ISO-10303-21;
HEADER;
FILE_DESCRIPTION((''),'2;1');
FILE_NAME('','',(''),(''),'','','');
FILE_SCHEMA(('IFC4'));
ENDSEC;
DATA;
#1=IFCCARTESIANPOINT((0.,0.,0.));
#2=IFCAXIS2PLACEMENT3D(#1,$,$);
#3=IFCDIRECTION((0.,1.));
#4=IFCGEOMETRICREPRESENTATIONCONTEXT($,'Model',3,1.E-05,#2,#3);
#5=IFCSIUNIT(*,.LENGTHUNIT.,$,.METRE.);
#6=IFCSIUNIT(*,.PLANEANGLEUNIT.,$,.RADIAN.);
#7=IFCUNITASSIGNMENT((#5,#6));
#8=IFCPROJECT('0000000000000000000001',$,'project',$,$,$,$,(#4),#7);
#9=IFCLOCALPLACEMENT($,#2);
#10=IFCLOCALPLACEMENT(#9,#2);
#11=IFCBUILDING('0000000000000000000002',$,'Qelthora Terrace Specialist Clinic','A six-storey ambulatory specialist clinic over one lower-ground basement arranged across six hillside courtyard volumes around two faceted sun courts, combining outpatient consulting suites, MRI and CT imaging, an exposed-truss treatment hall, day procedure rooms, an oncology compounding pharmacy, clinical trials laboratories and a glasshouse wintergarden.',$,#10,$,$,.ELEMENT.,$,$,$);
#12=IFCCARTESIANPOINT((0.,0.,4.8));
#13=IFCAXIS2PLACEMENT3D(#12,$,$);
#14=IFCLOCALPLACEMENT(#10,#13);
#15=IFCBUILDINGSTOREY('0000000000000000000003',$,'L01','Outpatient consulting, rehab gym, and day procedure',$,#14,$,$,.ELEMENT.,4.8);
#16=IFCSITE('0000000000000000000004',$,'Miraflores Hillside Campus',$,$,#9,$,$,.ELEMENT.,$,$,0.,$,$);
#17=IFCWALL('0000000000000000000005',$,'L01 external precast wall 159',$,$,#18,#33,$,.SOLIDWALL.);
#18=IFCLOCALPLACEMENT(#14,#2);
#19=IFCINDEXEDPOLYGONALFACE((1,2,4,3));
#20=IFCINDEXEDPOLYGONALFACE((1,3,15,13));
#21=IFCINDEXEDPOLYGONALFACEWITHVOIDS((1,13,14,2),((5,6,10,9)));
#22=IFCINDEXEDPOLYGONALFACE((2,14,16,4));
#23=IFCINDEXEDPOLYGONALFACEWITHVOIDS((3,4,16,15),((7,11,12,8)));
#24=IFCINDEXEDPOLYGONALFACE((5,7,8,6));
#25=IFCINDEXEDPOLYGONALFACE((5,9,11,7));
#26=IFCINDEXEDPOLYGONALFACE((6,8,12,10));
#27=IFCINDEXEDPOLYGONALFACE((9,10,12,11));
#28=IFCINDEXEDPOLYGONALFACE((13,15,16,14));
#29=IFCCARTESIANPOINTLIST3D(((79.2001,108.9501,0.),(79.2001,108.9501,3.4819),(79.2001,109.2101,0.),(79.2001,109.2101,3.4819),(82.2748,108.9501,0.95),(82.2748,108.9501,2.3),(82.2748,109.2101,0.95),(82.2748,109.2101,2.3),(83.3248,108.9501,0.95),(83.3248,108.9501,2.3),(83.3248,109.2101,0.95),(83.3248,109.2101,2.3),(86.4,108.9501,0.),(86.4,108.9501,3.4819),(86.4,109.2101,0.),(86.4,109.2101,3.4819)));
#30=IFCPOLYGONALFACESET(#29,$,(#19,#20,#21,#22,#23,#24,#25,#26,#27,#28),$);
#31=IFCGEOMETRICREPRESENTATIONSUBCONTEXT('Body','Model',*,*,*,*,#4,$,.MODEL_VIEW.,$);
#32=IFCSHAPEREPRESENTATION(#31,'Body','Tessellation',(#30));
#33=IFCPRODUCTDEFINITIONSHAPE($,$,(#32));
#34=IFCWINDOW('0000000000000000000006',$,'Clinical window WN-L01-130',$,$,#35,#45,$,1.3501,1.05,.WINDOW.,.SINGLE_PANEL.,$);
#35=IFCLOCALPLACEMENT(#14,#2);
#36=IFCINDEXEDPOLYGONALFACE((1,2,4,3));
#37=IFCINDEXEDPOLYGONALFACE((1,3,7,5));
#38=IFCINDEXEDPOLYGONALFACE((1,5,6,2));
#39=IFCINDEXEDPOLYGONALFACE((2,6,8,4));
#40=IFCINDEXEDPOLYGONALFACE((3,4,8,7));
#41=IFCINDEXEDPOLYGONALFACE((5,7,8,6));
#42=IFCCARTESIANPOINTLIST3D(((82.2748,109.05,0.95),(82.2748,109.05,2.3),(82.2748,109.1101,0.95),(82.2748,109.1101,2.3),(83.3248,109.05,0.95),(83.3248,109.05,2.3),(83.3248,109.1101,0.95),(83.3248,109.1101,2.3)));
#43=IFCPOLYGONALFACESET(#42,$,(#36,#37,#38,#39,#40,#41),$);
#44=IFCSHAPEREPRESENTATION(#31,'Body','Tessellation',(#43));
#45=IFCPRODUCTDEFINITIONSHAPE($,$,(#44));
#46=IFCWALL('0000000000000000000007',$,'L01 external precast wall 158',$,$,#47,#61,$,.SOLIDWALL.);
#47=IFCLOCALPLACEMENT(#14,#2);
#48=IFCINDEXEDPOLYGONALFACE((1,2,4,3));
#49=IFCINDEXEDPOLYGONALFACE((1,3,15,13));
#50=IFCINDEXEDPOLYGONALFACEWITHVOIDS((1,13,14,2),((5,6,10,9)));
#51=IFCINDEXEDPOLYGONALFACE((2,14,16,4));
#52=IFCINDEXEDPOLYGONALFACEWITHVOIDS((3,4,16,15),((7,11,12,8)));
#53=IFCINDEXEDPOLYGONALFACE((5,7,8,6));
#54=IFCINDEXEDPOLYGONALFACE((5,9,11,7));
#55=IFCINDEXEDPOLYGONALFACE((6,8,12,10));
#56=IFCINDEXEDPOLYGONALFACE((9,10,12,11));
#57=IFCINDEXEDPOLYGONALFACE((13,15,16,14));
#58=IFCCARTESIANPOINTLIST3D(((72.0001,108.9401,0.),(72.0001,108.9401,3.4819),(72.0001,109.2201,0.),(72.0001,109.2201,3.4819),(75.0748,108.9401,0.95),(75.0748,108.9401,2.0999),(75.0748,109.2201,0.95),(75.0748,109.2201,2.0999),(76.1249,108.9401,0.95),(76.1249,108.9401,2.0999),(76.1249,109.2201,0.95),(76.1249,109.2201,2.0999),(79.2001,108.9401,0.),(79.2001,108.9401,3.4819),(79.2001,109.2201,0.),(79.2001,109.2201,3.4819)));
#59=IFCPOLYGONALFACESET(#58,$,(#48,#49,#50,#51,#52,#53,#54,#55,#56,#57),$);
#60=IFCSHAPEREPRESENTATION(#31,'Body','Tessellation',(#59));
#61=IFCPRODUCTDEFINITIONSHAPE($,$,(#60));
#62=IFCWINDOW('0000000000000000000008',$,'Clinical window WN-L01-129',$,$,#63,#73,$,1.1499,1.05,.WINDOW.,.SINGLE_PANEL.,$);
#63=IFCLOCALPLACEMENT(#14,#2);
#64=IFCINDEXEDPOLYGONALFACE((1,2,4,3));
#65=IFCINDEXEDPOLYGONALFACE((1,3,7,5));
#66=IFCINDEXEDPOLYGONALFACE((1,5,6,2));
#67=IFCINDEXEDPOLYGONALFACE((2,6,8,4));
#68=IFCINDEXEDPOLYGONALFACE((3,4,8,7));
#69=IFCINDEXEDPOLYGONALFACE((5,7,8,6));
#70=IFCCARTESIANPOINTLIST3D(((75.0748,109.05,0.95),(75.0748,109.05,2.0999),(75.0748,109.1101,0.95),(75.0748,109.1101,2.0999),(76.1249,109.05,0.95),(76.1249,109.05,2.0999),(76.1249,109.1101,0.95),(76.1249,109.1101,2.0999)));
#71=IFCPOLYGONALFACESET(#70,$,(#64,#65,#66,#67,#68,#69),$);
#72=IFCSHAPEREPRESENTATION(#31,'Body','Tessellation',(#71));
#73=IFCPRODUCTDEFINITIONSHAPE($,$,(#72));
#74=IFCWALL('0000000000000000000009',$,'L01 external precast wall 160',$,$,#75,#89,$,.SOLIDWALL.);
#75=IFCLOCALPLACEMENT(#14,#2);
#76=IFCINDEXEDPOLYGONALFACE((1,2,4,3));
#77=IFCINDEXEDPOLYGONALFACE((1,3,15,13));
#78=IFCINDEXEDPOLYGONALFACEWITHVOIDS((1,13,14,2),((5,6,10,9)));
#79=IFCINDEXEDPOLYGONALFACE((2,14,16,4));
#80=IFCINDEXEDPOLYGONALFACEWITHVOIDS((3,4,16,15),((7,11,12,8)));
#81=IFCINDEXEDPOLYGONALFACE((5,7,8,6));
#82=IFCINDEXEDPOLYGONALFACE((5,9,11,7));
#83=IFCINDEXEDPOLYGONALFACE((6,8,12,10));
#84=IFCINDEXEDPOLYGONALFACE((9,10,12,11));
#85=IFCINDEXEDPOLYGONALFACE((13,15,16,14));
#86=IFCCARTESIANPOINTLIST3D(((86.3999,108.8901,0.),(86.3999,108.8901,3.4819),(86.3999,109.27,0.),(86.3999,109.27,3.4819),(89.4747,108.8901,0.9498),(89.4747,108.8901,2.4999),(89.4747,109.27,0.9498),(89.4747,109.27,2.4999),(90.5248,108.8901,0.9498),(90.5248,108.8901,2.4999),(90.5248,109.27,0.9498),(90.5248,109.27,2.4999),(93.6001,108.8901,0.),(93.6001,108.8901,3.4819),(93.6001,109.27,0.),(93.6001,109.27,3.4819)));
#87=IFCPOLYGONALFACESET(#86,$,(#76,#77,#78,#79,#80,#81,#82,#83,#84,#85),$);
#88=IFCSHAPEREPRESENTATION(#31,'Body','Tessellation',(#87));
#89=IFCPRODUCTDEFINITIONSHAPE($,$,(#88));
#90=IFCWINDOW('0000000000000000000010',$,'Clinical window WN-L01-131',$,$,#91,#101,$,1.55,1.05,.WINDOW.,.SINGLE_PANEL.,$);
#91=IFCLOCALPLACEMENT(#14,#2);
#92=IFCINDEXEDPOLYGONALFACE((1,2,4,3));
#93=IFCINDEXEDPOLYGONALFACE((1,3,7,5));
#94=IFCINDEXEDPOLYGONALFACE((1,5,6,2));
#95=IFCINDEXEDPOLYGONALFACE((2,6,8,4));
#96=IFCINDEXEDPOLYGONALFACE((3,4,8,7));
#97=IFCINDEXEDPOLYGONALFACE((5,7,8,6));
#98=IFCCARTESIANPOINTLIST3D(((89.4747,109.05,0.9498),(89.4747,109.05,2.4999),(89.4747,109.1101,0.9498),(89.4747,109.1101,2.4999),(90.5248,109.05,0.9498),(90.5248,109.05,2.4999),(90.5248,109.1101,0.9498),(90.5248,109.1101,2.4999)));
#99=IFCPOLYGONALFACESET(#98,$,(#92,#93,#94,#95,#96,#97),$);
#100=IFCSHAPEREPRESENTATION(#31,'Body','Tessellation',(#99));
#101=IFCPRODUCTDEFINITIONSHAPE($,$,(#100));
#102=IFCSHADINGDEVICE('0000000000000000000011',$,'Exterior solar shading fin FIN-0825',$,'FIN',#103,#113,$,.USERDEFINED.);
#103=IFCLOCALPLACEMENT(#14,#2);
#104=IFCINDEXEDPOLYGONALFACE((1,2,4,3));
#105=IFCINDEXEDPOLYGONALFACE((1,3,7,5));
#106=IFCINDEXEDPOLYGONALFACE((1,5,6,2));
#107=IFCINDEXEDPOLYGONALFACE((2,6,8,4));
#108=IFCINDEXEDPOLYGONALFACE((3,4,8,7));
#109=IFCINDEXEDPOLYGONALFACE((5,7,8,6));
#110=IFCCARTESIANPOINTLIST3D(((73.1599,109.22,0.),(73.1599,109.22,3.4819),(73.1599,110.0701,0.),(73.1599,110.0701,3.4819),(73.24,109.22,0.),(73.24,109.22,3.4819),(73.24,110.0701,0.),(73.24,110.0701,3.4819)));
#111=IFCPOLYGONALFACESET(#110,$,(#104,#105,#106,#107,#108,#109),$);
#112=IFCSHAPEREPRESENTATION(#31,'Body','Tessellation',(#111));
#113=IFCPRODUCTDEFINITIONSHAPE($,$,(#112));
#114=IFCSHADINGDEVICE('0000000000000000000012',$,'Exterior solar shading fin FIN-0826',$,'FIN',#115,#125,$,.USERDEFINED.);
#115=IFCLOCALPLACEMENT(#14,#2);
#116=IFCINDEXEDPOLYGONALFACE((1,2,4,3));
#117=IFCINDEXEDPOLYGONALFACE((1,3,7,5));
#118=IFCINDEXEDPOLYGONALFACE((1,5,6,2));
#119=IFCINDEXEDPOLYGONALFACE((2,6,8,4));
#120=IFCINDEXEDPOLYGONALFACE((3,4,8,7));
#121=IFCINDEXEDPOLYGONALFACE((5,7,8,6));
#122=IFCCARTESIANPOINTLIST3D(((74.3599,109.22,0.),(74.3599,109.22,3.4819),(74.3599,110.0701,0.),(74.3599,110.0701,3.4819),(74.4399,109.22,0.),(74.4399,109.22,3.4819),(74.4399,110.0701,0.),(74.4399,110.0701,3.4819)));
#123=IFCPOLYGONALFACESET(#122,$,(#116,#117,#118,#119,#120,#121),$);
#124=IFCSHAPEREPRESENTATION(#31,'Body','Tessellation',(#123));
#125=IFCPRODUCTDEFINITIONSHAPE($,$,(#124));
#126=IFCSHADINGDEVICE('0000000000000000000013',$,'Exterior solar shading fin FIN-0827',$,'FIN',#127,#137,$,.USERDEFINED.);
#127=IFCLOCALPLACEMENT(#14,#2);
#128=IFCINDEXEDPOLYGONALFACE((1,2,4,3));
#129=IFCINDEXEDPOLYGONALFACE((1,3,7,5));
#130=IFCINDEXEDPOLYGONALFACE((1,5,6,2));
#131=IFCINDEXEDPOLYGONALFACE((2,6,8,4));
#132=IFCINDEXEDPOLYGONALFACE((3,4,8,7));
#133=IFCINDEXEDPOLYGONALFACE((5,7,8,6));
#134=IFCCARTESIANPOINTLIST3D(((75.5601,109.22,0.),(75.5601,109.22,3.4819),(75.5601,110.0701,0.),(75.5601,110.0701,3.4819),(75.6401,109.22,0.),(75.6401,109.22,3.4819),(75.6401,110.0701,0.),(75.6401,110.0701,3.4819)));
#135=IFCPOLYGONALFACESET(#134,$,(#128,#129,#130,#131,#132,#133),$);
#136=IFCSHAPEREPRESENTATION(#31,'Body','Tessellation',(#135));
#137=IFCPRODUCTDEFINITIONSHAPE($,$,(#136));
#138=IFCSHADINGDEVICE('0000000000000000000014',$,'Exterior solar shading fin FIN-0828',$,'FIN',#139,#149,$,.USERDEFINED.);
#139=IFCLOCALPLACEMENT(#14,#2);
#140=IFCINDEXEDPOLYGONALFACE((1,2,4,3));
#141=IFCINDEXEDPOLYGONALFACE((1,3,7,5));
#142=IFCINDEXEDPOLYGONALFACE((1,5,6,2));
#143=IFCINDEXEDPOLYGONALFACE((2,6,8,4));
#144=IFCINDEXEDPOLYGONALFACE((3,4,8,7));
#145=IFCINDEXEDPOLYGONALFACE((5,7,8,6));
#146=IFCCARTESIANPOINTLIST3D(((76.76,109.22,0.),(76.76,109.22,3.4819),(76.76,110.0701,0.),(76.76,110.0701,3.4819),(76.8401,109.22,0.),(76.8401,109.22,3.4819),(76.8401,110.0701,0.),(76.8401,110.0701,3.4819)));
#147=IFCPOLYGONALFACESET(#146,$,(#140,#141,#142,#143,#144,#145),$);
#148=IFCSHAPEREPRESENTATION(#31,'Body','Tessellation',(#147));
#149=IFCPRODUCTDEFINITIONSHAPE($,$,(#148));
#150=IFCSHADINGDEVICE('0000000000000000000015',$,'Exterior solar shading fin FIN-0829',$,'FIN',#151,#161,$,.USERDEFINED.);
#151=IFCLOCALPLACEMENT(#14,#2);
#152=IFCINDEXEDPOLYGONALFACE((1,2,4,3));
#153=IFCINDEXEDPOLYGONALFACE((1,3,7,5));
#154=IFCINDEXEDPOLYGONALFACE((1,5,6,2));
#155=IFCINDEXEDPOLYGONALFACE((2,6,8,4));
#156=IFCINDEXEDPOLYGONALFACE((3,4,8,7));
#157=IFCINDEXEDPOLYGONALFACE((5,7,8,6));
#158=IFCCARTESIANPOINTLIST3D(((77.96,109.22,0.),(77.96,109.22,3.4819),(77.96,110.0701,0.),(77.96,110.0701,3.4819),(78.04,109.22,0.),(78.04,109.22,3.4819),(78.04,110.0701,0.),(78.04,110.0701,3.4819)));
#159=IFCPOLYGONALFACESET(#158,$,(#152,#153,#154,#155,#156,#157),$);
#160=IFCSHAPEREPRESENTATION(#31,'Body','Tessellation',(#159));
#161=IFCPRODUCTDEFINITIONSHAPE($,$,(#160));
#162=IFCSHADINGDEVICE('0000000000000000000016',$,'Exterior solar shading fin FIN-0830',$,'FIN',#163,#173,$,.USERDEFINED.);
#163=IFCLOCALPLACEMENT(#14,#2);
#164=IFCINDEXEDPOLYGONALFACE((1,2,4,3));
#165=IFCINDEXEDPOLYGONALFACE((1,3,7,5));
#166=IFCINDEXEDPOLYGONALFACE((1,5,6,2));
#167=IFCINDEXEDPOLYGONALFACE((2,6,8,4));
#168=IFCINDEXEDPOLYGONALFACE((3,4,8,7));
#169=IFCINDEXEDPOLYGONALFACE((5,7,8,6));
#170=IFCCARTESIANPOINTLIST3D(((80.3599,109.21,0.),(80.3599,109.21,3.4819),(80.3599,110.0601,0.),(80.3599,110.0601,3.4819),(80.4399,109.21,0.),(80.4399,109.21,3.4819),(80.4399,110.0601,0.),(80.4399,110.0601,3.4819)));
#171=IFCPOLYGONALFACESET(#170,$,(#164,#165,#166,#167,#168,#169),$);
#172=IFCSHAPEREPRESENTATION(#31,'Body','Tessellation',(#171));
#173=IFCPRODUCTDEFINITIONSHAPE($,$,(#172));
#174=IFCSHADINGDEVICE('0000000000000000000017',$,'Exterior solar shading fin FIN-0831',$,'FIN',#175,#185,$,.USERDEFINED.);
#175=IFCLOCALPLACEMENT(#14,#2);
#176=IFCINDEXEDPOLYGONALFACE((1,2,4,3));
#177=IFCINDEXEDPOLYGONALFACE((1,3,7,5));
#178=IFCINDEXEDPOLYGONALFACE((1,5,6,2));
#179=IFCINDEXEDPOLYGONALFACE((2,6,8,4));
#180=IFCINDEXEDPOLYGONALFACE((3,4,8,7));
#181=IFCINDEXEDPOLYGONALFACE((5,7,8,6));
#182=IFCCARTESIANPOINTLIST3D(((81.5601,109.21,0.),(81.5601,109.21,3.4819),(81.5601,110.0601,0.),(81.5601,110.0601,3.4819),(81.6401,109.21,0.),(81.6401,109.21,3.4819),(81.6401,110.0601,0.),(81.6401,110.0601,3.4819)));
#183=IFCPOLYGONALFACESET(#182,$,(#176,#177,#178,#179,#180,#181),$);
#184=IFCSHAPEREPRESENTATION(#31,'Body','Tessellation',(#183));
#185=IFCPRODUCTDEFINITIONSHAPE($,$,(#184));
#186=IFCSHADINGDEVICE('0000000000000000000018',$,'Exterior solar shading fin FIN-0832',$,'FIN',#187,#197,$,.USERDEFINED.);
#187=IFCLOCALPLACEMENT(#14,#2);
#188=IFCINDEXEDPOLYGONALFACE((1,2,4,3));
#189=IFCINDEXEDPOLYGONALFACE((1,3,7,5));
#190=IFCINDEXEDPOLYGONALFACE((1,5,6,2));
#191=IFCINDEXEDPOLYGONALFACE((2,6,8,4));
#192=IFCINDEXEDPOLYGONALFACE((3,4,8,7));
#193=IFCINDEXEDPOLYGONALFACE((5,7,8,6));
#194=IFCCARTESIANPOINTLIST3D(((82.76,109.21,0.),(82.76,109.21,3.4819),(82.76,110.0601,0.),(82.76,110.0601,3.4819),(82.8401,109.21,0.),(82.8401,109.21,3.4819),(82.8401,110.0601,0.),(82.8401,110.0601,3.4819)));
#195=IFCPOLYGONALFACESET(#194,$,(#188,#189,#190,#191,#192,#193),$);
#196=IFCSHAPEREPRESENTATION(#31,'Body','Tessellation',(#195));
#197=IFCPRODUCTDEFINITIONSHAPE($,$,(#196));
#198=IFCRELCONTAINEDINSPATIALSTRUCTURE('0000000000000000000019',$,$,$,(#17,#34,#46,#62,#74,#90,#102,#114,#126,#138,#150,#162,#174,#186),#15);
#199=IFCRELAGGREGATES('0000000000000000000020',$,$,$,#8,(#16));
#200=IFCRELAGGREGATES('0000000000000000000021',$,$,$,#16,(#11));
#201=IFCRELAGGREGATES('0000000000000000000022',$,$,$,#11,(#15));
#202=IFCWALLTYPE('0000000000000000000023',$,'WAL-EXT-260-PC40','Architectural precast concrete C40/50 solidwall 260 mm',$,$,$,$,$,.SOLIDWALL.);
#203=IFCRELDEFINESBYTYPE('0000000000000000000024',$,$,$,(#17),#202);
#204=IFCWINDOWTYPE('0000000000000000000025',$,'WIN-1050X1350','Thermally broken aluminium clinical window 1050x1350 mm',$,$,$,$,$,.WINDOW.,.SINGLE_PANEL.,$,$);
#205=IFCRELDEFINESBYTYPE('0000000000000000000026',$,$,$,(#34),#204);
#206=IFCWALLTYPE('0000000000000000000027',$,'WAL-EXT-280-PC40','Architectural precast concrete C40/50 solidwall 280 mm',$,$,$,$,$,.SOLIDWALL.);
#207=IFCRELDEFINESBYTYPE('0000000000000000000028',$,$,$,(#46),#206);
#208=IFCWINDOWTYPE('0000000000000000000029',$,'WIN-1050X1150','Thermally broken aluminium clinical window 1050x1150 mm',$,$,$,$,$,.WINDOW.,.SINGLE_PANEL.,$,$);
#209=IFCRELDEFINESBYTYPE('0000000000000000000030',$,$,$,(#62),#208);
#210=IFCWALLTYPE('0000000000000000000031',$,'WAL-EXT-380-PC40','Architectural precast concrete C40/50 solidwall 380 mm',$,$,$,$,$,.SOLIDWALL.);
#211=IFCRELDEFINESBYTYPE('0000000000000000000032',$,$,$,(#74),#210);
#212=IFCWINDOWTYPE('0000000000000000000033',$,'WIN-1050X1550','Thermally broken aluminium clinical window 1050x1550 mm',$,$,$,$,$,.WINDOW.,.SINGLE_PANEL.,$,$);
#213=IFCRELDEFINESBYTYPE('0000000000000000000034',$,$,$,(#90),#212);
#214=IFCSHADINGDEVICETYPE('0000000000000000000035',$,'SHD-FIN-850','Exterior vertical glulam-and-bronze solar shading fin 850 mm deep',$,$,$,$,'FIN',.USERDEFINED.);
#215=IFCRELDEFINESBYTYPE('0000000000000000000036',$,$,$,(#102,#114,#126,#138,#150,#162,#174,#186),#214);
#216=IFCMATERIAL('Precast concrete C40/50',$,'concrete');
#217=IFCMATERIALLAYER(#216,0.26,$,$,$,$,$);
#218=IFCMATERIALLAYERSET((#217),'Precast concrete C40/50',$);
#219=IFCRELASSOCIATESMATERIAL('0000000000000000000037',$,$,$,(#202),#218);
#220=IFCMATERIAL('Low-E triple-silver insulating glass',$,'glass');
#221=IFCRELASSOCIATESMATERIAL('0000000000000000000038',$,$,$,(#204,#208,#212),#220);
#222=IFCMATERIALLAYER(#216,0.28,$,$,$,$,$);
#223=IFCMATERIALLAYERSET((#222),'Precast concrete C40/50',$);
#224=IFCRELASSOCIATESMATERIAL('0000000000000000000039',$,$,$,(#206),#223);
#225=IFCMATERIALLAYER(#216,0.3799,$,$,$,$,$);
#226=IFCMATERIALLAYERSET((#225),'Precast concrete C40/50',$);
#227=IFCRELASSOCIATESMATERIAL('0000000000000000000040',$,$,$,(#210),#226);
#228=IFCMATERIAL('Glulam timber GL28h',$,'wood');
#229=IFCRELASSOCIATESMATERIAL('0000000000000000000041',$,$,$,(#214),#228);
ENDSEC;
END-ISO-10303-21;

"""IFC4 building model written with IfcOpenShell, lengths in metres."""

from ifc_helpers import new_model, si_unit, direction, frame, frame_2d, origin, origin_2d, place, context, subcontext, project, spatial, rectangle, extrude, material, layer, layer_set, type_object, element, fill, save


model = new_model("IFC4")

# Units and contexts
model_context = context("Model", 3, precision=1e-05, world=origin(), true_north=direction((0.0, 1.0)))
body_context = subcontext(model_context, "Body", "Model", "MODEL_VIEW")
ifc_project = project(units=[si_unit("LENGTHUNIT", "METRE"), si_unit("PLANEANGLEUNIT", "RADIAN")], contexts=[model_context])

# Site, building, storey
site_placement = place(None, origin())
site = spatial("IfcSite", under=ifc_project, at=site_placement, Name="Miraflores Hillside Campus", CompositionType="ELEMENT", RefElevation=0.0)
building_placement = place(site_placement, origin())
building = spatial("IfcBuilding", under=site, at=building_placement, Name="Qelthora Terrace Specialist Clinic", Description="A six-storey ambulatory specialist clinic over one lower-ground basement arranged across six hillside courtyard volumes around two faceted sun courts, combining outpatient consulting suites, MRI and CT imaging, an exposed-truss treatment hall, day procedure rooms, an oncology compounding pharmacy, clinical trials laboratories and a glasshouse wintergarden.", CompositionType="ELEMENT")
storey_placement = place(building_placement, frame((0.0, 0.0, 4.8)))
storey = spatial("IfcBuildingStorey", under=building, at=storey_placement, Name="L01", Description="Outpatient consulting, rehab gym, and day procedure", CompositionType="ELEMENT", Elevation=4.8)

# Walls, openings, windows
ifc_material_1 = material(Name="Precast concrete C40/50", Category="concrete")
ifc_layer_1 = layer(ifc_material_1, 0.26)
ifc_layer_set_1 = layer_set([ifc_layer_1], Name="Precast concrete C40/50")
wall_type_1 = type_object("IfcWallType", Name="WAL-EXT-260-PC40", Description="Architectural precast concrete C40/50 solidwall 260 mm", PredefinedType="SOLIDWALL", material=ifc_layer_set_1)
wall_1_placement = place(storey_placement, frame((79.2, 109.0801, 0.0), z_axis=(0.0, 0.0, 1.0), x_axis=(1.0, 0.0, 0.0)))
wall_1 = element("IfcWall", 1, at=wall_1_placement, inside=storey, type_object=wall_type_1, Name="L01 external precast wall 159", PredefinedType="SOLIDWALL", context=body_context, shape_type="SweptSolid", body=[
    extrude(rectangle(XDim=7.2, YDim=0.26, at=frame_2d((3.6001, 0.0))), origin(), (0.0, 0.0, 1.0), 3.4819),
])
opening_1_placement = place(wall_1_placement, frame((3.075, 0.0, 0.95)))
opening_1 = element("IfcOpeningElement", 2, at=opening_1_placement, cuts=wall_1, PredefinedType="OPENING", context=body_context, shape_type="SweptSolid", body=[
    extrude(rectangle(XDim=1.05, YDim=1.3501, at=frame_2d((0.5249, 0.675))), frame((0.0, 0.1399, 0.0), z_axis=(0.0, -1.0, 0.0), x_axis=(1.0, 0.0, 0.0)), (0.0, 0.0, 1.0), 0.28),
])
ifc_material_2 = material(Name="Low-E triple-silver insulating glass", Category="glass")
window_type_1 = type_object("IfcWindowType", Name="WIN-1050X1350", Description="Thermally broken aluminium clinical window 1050x1350 mm", PartitioningType="SINGLE_PANEL", PredefinedType="WINDOW", material=ifc_material_2)
window_1_placement = place(opening_1_placement, origin())
window_1 = element("IfcWindow", 3, at=window_1_placement, inside=storey, type_object=window_type_1, Name="Clinical window WN-L01-130", OverallHeight=1.3501, OverallWidth=1.05, PartitioningType="SINGLE_PANEL", PredefinedType="WINDOW", context=body_context, shape_type="SweptSolid", body=[
    extrude(rectangle(XDim=1.05, YDim=1.3501, at=frame_2d((0.5249, 0.675))), frame((0.0, 0.03, 0.0), z_axis=(0.0, -1.0, 0.0), x_axis=(1.0, 0.0, 0.0)), (0.0, 0.0, 1.0), 0.0601),
])
fill(opening_1, window_1)
ifc_layer_2 = layer(ifc_material_1, 0.28)
ifc_layer_set_2 = layer_set([ifc_layer_2], Name="Precast concrete C40/50")
wall_type_2 = type_object("IfcWallType", Name="WAL-EXT-280-PC40", Description="Architectural precast concrete C40/50 solidwall 280 mm", PredefinedType="SOLIDWALL", material=ifc_layer_set_2)
wall_2_placement = place(storey_placement, frame((72.0, 109.0801, 0.0), z_axis=(0.0, 0.0, 1.0), x_axis=(1.0, 0.0, 0.0)))
wall_2 = element("IfcWall", 4, at=wall_2_placement, inside=storey, type_object=wall_type_2, Name="L01 external precast wall 158", PredefinedType="SOLIDWALL", context=body_context, shape_type="SweptSolid", body=[
    extrude(rectangle(XDim=7.2, YDim=0.28, at=frame_2d((3.6001, 0.0))), origin(), (0.0, 0.0, 1.0), 3.4819),
])
opening_2_placement = place(wall_2_placement, frame((3.075, 0.0, 0.95)))
opening_2 = element("IfcOpeningElement", 5, at=opening_2_placement, cuts=wall_2, PredefinedType="OPENING", context=body_context, shape_type="SweptSolid", body=[
    extrude(rectangle(XDim=1.05, YDim=1.1499, at=frame_2d((0.5249, 0.575))), frame((0.0, 0.1499, 0.0), z_axis=(0.0, -1.0, 0.0), x_axis=(1.0, 0.0, 0.0)), (0.0, 0.0, 1.0), 0.3),
])
window_type_2 = type_object("IfcWindowType", Name="WIN-1050X1150", Description="Thermally broken aluminium clinical window 1050x1150 mm", PartitioningType="SINGLE_PANEL", PredefinedType="WINDOW", material=ifc_material_2)
window_2_placement = place(opening_2_placement, origin())
window_2 = element("IfcWindow", 6, at=window_2_placement, inside=storey, type_object=window_type_2, Name="Clinical window WN-L01-129", OverallHeight=1.1499, OverallWidth=1.05, PartitioningType="SINGLE_PANEL", PredefinedType="WINDOW", context=body_context, shape_type="SweptSolid", body=[
    extrude(rectangle(XDim=1.05, YDim=1.1499, at=frame_2d((0.5249, 0.575))), frame((0.0, 0.03, 0.0), z_axis=(0.0, -1.0, 0.0), x_axis=(1.0, 0.0, 0.0)), (0.0, 0.0, 1.0), 0.0601),
])
fill(opening_2, window_2)
ifc_layer_3 = layer(ifc_material_1, 0.3799)
ifc_layer_set_3 = layer_set([ifc_layer_3], Name="Precast concrete C40/50")
wall_type_3 = type_object("IfcWallType", Name="WAL-EXT-380-PC40", Description="Architectural precast concrete C40/50 solidwall 380 mm", PredefinedType="SOLIDWALL", material=ifc_layer_set_3)
wall_3_placement = place(storey_placement, frame((86.3999, 109.0801, 0.0), z_axis=(0.0, 0.0, 1.0), x_axis=(1.0, 0.0, 0.0)))
wall_3 = element("IfcWall", 7, at=wall_3_placement, inside=storey, type_object=wall_type_3, Name="L01 external precast wall 160", PredefinedType="SOLIDWALL", context=body_context, shape_type="SweptSolid", body=[
    extrude(rectangle(XDim=7.2002, YDim=0.3799, at=frame_2d((3.6001, 0.0))), origin(), (0.0, 0.0, 1.0), 3.4819),
])
opening_3_placement = place(wall_3_placement, frame((3.075, 0.0, 0.95)))
opening_3 = element("IfcOpeningElement", 8, at=opening_3_placement, cuts=wall_3, PredefinedType="OPENING", context=body_context, shape_type="SweptSolid", body=[
    extrude(rectangle(XDim=1.05, YDim=1.55, at=frame_2d((0.5249, 0.7749))), frame((0.0, 0.2, 0.0), z_axis=(0.0, -1.0, 0.0), x_axis=(1.0, 0.0, 0.0)), (0.0, 0.0, 1.0), 0.3999),
])
window_type_3 = type_object("IfcWindowType", Name="WIN-1050X1550", Description="Thermally broken aluminium clinical window 1050x1550 mm", PartitioningType="SINGLE_PANEL", PredefinedType="WINDOW", material=ifc_material_2)
window_3_placement = place(opening_3_placement, origin())
window_3 = element("IfcWindow", 9, at=window_3_placement, inside=storey, type_object=window_type_3, Name="Clinical window WN-L01-131", OverallHeight=1.55, OverallWidth=1.05, PartitioningType="SINGLE_PANEL", PredefinedType="WINDOW", context=body_context, shape_type="SweptSolid", body=[
    extrude(rectangle(XDim=1.05, YDim=1.55, at=frame_2d((0.5249, 0.7749))), frame((0.0, 0.03, 0.0), z_axis=(0.0, -1.0, 0.0), x_axis=(1.0, 0.0, 0.0)), (0.0, 0.0, 1.0), 0.0601),
])
fill(opening_3, window_3)

# Shading devices
ifc_material_3 = material(Name="Glulam timber GL28h", Category="wood")
shading_device_type = type_object("IfcShadingDeviceType", Name="SHD-FIN-850", Description="Exterior vertical glulam-and-bronze solar shading fin 850 mm deep", ElementType="FIN", PredefinedType="USERDEFINED", material=ifc_material_3)
for number, where, z_axis, x_axis, name in (
    (10, (73.2, 109.645, 0.0), (0.0, 0.0, 1.0), (0.0, 1.0, 0.0), "Exterior solar shading fin FIN-0825"),
    (11, (74.3999, 109.645, 0.0), (0.0, 0.0, 1.0), (0.0, 1.0, 0.0), "Exterior solar shading fin FIN-0826"),
    (12, (75.6001, 109.645, 0.0), (0.0, 0.0, 1.0), (0.0, 1.0, 0.0), "Exterior solar shading fin FIN-0827"),
    (13, (76.8, 109.645, 0.0), (0.0, 0.0, 1.0), (0.0, 1.0, 0.0), "Exterior solar shading fin FIN-0828"),
    (14, (78.0, 109.645, 0.0), (0.0, 0.0, 1.0), (0.0, 1.0, 0.0), "Exterior solar shading fin FIN-0829"),
    (15, (80.3999, 109.635, 0.0), (0.0, 0.0, 1.0), (0.0, 1.0, 0.0), "Exterior solar shading fin FIN-0830"),
    (16, (81.6001, 109.635, 0.0), (0.0, 0.0, 1.0), (0.0, 1.0, 0.0), "Exterior solar shading fin FIN-0831"),
    (17, (82.8, 109.635, 0.0), (0.0, 0.0, 1.0), (0.0, 1.0, 0.0), "Exterior solar shading fin FIN-0832"),
):
    element("IfcShadingDevice", number, at=place(storey_placement, frame(where, z_axis=z_axis, x_axis=x_axis)), inside=storey, type_object=shading_device_type, Name=name, ObjectType="FIN", PredefinedType="USERDEFINED", context=body_context, shape_type="SweptSolid", body=[
        extrude(rectangle(XDim=0.8501, YDim=0.0801, at=origin_2d()), origin(), (0.0, 0.0, 1.0), 3.4819),
    ])

save(model, "model.ifc")
